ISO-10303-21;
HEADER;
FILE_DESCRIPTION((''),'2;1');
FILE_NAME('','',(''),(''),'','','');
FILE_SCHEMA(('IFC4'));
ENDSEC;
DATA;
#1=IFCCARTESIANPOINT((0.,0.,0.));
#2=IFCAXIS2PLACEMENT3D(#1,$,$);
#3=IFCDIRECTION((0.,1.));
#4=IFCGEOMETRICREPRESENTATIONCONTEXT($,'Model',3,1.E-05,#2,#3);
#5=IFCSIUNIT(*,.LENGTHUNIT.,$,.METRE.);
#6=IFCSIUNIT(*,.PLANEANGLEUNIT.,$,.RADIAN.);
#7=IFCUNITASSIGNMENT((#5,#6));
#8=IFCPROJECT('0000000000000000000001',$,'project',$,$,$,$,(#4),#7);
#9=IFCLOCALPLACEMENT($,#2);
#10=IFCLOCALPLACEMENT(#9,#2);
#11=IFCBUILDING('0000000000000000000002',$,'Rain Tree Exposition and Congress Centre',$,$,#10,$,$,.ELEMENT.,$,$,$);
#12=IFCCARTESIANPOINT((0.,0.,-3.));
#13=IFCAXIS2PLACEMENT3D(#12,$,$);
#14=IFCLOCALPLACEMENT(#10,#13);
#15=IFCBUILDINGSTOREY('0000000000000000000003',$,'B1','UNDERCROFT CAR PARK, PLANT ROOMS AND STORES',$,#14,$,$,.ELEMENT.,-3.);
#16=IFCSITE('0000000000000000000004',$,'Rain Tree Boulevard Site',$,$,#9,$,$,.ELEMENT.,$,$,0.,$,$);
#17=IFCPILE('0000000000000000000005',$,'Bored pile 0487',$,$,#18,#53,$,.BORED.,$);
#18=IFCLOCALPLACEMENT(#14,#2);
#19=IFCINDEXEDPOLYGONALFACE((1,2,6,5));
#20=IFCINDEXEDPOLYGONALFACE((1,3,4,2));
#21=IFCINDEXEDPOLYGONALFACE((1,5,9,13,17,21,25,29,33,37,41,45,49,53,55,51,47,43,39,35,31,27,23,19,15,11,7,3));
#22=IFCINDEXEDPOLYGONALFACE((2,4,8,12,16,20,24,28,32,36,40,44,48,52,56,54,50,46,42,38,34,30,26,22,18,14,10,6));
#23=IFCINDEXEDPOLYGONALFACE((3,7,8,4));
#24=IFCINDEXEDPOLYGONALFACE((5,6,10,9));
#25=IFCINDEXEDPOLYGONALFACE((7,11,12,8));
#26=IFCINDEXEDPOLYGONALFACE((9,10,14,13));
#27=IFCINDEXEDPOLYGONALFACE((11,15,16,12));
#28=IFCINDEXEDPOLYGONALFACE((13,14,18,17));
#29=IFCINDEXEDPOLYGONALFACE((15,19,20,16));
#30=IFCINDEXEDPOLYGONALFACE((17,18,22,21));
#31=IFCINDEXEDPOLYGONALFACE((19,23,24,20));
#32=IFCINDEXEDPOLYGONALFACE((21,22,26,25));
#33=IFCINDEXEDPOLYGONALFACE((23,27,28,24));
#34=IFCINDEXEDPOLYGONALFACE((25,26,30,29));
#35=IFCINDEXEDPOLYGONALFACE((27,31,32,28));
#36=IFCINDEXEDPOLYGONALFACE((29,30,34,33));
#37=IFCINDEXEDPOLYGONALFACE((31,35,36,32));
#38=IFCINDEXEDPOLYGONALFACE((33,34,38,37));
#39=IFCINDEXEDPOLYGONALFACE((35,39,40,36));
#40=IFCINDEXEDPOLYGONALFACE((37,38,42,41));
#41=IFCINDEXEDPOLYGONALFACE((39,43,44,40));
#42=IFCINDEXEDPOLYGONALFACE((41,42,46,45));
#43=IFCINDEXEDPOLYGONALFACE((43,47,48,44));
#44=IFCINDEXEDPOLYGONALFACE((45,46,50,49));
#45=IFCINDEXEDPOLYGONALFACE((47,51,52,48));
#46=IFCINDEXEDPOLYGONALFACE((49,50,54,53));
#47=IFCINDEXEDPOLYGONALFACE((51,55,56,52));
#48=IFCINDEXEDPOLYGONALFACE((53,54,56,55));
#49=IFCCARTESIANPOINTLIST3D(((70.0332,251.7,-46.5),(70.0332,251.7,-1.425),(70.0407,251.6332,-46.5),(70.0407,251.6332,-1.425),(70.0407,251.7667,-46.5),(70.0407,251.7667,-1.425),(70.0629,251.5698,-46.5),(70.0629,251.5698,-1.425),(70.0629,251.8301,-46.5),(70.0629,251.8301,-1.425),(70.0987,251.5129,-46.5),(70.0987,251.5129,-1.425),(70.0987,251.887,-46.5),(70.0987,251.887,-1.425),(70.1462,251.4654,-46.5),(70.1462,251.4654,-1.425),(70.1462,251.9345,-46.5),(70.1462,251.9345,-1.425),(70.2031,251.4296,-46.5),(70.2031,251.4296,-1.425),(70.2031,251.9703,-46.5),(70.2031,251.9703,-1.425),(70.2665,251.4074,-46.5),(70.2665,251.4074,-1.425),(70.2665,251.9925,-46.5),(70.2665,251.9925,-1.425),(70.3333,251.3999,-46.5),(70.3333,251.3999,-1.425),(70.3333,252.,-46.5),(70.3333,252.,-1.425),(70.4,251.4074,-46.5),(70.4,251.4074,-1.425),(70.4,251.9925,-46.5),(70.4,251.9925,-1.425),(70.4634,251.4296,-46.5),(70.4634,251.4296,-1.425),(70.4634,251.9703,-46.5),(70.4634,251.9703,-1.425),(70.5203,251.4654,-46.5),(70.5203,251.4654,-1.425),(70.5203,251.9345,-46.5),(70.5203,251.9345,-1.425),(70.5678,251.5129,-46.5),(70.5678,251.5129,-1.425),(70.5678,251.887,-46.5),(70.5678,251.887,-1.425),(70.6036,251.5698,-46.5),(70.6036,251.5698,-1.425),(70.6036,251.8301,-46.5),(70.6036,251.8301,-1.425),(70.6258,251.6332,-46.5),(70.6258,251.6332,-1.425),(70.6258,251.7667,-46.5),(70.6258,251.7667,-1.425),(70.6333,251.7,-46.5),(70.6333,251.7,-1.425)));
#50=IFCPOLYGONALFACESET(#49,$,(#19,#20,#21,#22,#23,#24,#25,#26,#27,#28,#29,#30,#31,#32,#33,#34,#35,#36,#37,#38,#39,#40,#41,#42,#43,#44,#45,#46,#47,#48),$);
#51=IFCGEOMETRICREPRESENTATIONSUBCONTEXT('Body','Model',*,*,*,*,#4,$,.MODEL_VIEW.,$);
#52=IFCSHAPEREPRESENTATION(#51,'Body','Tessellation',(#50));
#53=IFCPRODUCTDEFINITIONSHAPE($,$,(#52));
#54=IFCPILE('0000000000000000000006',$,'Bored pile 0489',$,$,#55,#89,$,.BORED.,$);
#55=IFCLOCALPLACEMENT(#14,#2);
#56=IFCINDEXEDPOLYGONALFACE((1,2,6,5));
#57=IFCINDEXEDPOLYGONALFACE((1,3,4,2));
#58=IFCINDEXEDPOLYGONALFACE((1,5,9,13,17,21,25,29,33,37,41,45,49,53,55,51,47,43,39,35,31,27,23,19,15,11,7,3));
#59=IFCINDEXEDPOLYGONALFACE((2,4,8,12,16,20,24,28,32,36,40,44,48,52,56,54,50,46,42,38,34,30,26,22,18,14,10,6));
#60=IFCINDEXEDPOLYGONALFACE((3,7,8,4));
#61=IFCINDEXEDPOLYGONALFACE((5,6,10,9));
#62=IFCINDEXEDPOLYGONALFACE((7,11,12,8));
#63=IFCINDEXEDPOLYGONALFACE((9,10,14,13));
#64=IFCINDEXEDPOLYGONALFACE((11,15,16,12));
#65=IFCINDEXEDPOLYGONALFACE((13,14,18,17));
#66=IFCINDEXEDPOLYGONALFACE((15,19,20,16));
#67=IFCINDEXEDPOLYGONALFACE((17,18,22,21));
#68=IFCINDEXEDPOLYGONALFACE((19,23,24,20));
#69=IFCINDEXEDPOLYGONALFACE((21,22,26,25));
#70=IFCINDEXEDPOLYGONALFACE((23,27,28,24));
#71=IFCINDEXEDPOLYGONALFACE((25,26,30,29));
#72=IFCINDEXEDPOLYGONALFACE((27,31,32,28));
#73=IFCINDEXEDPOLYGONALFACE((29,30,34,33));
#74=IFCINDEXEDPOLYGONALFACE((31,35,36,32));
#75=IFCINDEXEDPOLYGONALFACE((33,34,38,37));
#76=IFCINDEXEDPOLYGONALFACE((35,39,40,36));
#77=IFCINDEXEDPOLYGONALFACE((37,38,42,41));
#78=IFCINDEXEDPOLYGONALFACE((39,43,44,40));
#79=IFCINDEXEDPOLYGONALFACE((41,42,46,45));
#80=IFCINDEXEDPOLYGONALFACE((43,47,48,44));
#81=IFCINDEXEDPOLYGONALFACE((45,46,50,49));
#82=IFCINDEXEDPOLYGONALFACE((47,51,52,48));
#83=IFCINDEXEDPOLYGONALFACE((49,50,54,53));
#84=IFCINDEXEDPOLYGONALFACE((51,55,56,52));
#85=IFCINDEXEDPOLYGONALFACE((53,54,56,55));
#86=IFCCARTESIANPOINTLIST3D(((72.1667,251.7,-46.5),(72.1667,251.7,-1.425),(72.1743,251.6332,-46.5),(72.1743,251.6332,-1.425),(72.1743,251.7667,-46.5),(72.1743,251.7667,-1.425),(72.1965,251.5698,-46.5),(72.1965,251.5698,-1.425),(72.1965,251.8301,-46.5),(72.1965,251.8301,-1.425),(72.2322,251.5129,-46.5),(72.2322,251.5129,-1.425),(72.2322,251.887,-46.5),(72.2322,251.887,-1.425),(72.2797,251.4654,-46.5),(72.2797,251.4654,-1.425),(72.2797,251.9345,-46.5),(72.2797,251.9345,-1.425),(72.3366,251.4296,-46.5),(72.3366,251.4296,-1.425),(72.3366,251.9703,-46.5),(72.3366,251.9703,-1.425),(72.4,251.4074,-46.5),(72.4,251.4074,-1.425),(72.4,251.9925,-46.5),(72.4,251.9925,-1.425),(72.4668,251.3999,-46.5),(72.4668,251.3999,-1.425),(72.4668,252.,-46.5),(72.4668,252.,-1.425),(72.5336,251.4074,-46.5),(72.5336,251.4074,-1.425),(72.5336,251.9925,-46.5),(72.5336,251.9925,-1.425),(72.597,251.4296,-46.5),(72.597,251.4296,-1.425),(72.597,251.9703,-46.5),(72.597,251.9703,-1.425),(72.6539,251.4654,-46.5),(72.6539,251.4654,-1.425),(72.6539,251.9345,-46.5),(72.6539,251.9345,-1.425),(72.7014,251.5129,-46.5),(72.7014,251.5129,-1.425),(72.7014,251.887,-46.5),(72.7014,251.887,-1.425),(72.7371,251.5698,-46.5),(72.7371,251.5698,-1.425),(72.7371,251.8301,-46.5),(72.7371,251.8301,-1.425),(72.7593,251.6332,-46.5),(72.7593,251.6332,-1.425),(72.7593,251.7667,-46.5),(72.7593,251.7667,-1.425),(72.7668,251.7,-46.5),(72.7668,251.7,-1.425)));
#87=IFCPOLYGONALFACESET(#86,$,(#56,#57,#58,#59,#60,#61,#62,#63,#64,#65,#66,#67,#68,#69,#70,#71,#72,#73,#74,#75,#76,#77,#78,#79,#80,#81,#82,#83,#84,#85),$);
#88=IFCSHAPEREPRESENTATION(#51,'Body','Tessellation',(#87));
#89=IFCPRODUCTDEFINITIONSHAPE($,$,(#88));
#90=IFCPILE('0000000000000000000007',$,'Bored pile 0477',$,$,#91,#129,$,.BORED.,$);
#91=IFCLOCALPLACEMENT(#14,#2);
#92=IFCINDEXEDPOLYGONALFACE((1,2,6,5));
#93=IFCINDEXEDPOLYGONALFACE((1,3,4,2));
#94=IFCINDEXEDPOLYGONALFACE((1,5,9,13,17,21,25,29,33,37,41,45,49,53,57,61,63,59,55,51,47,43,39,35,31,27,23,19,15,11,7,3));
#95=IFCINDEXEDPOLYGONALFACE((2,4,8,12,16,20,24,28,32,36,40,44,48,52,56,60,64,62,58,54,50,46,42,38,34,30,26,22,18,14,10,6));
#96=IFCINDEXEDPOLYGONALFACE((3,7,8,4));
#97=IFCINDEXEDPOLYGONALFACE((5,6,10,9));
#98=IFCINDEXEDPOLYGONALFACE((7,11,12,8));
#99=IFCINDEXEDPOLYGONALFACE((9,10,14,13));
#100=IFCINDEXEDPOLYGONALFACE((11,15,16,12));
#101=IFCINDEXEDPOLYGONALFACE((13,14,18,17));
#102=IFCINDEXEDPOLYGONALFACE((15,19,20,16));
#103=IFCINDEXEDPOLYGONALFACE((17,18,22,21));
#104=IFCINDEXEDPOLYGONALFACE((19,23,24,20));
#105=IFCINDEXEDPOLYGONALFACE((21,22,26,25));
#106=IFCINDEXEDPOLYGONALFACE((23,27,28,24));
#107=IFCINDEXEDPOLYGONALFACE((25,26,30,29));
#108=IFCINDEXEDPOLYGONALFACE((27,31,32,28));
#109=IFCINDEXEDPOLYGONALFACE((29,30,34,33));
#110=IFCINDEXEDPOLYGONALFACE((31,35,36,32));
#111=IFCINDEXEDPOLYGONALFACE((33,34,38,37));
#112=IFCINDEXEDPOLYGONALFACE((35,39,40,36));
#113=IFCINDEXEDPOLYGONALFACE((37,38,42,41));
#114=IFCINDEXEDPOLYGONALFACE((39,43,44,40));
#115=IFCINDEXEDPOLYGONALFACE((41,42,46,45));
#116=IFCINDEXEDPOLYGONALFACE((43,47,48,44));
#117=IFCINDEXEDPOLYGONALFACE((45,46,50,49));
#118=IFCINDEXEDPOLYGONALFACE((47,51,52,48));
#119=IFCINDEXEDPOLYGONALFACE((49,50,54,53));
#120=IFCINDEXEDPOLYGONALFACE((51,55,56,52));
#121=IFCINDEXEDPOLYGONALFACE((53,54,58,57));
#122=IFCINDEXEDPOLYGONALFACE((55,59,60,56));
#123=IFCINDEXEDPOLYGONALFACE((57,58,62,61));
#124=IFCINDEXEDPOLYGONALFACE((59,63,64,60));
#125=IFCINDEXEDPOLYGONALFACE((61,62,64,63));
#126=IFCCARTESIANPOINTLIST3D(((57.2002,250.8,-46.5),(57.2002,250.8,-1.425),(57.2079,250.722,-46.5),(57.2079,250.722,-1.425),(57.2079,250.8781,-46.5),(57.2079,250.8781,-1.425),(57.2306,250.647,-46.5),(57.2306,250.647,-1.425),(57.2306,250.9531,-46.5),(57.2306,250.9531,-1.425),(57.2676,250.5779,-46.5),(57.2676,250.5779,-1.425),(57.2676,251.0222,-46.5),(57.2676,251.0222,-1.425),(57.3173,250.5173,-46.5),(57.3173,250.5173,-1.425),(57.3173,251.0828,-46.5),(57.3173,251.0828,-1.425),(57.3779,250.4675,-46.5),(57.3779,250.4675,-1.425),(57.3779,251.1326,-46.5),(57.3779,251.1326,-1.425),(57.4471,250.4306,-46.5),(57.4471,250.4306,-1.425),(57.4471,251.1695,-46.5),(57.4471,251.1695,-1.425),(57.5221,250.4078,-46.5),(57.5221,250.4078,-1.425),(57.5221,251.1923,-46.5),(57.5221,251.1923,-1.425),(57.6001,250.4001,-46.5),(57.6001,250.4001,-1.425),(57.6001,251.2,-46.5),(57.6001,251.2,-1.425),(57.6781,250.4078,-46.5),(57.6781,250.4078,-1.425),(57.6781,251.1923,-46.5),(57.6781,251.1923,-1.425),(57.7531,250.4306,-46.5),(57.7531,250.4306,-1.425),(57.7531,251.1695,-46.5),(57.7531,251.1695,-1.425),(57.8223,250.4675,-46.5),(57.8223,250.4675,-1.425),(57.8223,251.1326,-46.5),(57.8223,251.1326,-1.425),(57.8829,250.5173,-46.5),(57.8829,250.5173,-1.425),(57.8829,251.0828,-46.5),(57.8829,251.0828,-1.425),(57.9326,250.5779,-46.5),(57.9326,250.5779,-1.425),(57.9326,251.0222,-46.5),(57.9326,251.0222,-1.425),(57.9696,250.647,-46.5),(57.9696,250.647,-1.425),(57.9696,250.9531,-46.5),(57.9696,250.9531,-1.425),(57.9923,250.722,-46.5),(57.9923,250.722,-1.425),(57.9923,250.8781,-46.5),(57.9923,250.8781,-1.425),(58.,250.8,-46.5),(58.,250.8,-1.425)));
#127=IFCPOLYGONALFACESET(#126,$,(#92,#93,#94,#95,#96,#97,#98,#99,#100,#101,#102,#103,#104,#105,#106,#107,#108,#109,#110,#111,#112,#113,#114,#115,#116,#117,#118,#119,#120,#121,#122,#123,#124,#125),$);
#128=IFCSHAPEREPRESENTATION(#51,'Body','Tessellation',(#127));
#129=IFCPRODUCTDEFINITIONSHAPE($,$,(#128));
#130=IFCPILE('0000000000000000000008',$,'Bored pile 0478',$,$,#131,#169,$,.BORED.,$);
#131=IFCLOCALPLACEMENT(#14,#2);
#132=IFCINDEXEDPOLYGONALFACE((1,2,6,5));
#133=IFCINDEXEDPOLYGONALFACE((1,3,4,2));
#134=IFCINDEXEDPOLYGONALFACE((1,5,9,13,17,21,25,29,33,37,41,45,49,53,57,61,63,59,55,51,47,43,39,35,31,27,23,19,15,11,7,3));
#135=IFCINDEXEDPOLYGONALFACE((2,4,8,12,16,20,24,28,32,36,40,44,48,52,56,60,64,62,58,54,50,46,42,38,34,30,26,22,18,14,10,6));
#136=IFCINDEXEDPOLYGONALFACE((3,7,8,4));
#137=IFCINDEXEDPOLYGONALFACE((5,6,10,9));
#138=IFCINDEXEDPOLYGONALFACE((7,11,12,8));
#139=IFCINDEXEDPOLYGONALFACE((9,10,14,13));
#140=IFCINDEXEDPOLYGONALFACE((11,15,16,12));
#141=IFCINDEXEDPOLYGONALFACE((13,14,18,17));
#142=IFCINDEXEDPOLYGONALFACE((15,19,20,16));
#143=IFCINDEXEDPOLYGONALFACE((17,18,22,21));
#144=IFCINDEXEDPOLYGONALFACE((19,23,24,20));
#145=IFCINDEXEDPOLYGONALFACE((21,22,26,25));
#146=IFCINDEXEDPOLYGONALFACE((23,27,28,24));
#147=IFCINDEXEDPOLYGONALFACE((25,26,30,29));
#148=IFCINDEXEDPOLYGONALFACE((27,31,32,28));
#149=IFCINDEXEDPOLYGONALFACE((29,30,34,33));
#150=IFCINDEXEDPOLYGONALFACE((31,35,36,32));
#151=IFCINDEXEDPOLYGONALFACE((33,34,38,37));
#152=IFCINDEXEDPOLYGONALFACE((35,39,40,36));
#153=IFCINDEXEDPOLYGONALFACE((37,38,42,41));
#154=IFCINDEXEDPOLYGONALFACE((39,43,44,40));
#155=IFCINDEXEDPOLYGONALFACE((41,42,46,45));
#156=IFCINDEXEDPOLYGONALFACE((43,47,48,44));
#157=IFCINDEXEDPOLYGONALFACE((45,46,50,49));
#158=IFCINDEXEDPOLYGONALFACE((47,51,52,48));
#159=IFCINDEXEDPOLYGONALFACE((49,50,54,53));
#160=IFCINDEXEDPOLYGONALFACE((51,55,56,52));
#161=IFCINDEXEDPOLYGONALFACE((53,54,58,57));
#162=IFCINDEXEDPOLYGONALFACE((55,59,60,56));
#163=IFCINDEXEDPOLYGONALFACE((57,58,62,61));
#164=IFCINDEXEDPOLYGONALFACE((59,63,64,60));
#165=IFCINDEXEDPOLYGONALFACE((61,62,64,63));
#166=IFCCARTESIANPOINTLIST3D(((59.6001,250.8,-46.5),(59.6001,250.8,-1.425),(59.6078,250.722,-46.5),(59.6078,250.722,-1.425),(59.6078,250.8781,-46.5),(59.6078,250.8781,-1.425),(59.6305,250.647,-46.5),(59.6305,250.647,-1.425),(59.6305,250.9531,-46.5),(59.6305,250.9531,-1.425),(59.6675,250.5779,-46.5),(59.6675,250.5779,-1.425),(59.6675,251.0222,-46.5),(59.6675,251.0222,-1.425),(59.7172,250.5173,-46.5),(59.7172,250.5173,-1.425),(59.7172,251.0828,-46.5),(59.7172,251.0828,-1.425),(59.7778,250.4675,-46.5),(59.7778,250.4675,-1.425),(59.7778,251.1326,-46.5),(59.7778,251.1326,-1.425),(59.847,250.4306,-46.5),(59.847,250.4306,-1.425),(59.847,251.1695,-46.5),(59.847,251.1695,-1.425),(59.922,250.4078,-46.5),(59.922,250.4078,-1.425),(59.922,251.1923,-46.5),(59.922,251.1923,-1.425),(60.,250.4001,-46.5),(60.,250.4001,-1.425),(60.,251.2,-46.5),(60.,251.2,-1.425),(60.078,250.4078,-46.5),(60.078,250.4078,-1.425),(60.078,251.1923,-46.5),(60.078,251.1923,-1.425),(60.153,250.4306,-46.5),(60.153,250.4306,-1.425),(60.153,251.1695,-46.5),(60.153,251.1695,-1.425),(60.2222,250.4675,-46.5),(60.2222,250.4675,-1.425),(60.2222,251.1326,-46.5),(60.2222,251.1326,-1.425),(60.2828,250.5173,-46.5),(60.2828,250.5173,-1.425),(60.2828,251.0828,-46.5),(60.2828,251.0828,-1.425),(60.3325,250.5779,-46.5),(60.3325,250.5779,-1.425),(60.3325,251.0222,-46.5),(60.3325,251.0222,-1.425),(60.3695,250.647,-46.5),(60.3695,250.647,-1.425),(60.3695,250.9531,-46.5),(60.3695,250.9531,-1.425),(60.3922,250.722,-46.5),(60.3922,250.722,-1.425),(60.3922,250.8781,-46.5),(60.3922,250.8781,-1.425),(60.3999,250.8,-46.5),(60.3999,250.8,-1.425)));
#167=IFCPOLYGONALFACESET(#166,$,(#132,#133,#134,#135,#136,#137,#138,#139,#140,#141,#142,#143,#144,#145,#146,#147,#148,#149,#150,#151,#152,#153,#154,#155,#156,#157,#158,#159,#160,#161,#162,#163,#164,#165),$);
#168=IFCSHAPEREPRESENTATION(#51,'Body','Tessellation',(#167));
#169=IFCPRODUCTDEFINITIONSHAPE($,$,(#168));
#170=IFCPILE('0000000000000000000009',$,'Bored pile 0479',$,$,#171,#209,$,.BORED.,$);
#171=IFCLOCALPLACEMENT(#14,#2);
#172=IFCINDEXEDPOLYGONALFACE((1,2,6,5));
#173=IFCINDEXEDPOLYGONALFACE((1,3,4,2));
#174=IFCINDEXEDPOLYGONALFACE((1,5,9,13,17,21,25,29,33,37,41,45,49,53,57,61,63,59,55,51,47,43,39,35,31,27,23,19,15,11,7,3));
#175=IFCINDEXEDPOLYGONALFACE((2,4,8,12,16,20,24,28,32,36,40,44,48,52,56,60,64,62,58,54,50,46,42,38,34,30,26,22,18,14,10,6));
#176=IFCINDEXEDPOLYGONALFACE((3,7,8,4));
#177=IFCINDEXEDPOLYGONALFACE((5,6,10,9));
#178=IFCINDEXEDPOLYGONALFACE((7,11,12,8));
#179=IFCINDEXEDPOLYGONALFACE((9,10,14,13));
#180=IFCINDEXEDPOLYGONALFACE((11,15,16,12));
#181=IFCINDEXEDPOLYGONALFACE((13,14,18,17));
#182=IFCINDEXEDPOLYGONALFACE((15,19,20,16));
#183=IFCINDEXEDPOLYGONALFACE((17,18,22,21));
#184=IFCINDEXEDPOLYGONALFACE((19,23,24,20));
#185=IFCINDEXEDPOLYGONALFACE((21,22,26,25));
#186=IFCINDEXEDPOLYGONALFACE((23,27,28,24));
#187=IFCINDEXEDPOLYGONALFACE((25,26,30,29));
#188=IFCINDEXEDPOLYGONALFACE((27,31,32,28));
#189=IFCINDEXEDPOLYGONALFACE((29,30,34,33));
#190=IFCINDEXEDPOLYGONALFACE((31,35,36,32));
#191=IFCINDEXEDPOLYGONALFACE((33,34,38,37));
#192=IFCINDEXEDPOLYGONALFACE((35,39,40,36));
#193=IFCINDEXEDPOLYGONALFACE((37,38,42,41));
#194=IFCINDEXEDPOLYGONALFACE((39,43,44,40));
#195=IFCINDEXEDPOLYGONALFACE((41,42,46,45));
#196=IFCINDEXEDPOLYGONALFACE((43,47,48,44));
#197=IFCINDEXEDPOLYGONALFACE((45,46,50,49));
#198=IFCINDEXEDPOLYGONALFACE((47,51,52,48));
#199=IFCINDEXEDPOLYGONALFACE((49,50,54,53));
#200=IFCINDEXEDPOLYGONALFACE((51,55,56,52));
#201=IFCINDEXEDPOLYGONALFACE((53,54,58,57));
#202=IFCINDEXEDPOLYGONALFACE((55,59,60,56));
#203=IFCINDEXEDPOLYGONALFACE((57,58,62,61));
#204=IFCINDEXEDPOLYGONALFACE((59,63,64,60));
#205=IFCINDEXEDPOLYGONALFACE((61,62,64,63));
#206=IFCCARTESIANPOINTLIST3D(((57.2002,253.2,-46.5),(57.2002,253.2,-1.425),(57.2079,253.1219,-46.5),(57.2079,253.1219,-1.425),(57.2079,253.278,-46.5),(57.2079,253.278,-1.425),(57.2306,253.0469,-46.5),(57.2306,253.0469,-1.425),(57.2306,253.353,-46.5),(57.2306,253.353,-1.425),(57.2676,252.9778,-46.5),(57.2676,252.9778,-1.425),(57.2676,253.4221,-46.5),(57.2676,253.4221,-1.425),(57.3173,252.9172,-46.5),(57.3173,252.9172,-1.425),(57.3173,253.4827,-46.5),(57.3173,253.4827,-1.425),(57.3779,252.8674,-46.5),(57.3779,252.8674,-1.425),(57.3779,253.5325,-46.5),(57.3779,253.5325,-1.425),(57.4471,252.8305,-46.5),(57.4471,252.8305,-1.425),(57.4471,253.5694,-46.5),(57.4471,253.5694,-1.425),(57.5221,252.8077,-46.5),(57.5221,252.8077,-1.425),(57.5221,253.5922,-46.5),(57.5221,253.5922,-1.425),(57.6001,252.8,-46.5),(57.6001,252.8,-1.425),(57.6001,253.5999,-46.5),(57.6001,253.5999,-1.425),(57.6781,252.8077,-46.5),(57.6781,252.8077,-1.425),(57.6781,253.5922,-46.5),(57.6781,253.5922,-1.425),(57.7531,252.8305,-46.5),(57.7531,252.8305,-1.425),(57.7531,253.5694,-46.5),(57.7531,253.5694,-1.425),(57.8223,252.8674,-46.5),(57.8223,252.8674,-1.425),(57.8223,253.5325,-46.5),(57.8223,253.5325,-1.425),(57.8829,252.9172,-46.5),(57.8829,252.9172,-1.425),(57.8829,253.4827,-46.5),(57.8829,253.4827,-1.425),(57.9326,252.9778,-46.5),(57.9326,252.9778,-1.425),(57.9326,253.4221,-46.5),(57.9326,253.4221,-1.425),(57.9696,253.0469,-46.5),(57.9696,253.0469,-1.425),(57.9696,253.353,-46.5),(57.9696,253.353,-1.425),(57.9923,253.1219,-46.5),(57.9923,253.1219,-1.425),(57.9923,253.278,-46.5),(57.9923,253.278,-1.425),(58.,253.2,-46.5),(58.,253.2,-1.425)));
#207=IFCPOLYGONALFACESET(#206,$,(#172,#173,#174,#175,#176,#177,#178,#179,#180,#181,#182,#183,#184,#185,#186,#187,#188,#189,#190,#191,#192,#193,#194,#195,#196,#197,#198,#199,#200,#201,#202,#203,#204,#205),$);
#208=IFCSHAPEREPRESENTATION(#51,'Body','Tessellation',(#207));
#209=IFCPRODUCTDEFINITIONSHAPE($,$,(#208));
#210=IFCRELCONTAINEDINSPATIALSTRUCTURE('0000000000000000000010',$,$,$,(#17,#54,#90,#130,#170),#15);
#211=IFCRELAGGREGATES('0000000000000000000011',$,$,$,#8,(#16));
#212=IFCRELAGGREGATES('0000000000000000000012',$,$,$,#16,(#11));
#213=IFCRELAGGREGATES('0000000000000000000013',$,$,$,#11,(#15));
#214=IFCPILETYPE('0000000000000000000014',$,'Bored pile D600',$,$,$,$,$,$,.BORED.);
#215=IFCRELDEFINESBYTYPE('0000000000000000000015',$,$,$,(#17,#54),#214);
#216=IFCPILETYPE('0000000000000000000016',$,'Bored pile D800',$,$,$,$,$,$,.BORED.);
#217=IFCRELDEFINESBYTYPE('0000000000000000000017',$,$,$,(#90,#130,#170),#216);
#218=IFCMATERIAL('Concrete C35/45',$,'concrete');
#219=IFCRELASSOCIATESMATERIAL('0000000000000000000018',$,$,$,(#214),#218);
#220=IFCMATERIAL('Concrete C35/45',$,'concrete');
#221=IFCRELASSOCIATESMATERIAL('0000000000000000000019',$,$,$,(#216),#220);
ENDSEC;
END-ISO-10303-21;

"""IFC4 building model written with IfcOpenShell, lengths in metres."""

from ifc_helpers import new_model, si_unit, direction, frame, origin, origin_2d, place, context, subcontext, project, spatial, circle, extrude, material, material_profile, profile_set, type_object, element, save


model = new_model("IFC4")

# Units and contexts
model_context = context("Model", 3, precision=1e-05, world=origin(), true_north=direction((0.0, 1.0)))
body_context = subcontext(model_context, "Body", "Model", "MODEL_VIEW")
ifc_project = project(units=[si_unit("LENGTHUNIT", "METRE"), si_unit("PLANEANGLEUNIT", "RADIAN")], contexts=[model_context])

# Site, building, storey
site_placement = place(None, origin())
site = spatial("IfcSite", under=ifc_project, at=site_placement, Name="Rain Tree Boulevard Site", CompositionType="ELEMENT", RefElevation=0.0)
building_placement = place(site_placement, origin())
building = spatial("IfcBuilding", under=site, at=building_placement, Name="Rain Tree Exposition and Congress Centre", CompositionType="ELEMENT")
storey_placement = place(building_placement, frame((0.0, 0.0, -3.0)))
storey = spatial("IfcBuildingStorey", under=building, at=storey_placement, Name="B1", Description="UNDERCROFT CAR PARK, PLANT ROOMS AND STORES", CompositionType="ELEMENT", Elevation=-3.0)

# Piles
ifc_material_1 = material(Name="Concrete C35/45", Category="concrete")
ifc_material_profile_1 = material_profile(ifc_material_1, circle(Radius=0.3, at=origin_2d()), Name="D600")
ifc_profile_set_1 = profile_set([ifc_material_profile_1], Name="Concrete C35/45")
pile_type_1 = type_object("IfcPileType", Name="Bored pile D600", PredefinedType="BORED", material=ifc_profile_set_1)
for number, where, z_axis, x_axis, name in (
    (1, (70.3333, 251.7, -1.425), (0.0, 0.0, -1.0), (1.0, 0.0, 0.0), "Bored pile 0487"),
    (2, (72.4668, 251.7, -1.425), (0.0, 0.0, -1.0), (1.0, 0.0, 0.0), "Bored pile 0489"),
):
    element("IfcPile", number, at=place(storey_placement, frame(where, z_axis=z_axis, x_axis=x_axis)), inside=storey, type_object=pile_type_1, Name=name, PredefinedType="BORED", context=body_context, shape_type="SweptSolid", body=[
        extrude(circle(Radius=0.3, at=origin_2d()), origin(), (0.0, 0.0, 1.0), 45.075),
    ])
ifc_material_2 = material(Name="Concrete C35/45", Category="concrete")
ifc_material_profile_2 = material_profile(ifc_material_2, circle(Radius=0.3999, at=origin_2d()), Name="D800")
ifc_profile_set_2 = profile_set([ifc_material_profile_2], Name="Concrete C35/45")
pile_type_2 = type_object("IfcPileType", Name="Bored pile D800", PredefinedType="BORED", material=ifc_profile_set_2)
for number, where, z_axis, x_axis, name in (
    (3, (57.6001, 250.8, -1.425), (0.0, 0.0, -1.0), (1.0, 0.0, 0.0), "Bored pile 0477"),
    (4, (60.0, 250.8, -1.425), (0.0, 0.0, -1.0), (1.0, 0.0, 0.0), "Bored pile 0478"),
    (5, (57.6001, 253.2, -1.425), (0.0, 0.0, -1.0), (1.0, 0.0, 0.0), "Bored pile 0479"),
):
    element("IfcPile", number, at=place(storey_placement, frame(where, z_axis=z_axis, x_axis=x_axis)), inside=storey, type_object=pile_type_2, Name=name, PredefinedType="BORED", context=body_context, shape_type="SweptSolid", body=[
        extrude(circle(Radius=0.3999, at=origin_2d()), origin(), (0.0, 0.0, 1.0), 45.075),
    ])

save(model, "model.ifc")
